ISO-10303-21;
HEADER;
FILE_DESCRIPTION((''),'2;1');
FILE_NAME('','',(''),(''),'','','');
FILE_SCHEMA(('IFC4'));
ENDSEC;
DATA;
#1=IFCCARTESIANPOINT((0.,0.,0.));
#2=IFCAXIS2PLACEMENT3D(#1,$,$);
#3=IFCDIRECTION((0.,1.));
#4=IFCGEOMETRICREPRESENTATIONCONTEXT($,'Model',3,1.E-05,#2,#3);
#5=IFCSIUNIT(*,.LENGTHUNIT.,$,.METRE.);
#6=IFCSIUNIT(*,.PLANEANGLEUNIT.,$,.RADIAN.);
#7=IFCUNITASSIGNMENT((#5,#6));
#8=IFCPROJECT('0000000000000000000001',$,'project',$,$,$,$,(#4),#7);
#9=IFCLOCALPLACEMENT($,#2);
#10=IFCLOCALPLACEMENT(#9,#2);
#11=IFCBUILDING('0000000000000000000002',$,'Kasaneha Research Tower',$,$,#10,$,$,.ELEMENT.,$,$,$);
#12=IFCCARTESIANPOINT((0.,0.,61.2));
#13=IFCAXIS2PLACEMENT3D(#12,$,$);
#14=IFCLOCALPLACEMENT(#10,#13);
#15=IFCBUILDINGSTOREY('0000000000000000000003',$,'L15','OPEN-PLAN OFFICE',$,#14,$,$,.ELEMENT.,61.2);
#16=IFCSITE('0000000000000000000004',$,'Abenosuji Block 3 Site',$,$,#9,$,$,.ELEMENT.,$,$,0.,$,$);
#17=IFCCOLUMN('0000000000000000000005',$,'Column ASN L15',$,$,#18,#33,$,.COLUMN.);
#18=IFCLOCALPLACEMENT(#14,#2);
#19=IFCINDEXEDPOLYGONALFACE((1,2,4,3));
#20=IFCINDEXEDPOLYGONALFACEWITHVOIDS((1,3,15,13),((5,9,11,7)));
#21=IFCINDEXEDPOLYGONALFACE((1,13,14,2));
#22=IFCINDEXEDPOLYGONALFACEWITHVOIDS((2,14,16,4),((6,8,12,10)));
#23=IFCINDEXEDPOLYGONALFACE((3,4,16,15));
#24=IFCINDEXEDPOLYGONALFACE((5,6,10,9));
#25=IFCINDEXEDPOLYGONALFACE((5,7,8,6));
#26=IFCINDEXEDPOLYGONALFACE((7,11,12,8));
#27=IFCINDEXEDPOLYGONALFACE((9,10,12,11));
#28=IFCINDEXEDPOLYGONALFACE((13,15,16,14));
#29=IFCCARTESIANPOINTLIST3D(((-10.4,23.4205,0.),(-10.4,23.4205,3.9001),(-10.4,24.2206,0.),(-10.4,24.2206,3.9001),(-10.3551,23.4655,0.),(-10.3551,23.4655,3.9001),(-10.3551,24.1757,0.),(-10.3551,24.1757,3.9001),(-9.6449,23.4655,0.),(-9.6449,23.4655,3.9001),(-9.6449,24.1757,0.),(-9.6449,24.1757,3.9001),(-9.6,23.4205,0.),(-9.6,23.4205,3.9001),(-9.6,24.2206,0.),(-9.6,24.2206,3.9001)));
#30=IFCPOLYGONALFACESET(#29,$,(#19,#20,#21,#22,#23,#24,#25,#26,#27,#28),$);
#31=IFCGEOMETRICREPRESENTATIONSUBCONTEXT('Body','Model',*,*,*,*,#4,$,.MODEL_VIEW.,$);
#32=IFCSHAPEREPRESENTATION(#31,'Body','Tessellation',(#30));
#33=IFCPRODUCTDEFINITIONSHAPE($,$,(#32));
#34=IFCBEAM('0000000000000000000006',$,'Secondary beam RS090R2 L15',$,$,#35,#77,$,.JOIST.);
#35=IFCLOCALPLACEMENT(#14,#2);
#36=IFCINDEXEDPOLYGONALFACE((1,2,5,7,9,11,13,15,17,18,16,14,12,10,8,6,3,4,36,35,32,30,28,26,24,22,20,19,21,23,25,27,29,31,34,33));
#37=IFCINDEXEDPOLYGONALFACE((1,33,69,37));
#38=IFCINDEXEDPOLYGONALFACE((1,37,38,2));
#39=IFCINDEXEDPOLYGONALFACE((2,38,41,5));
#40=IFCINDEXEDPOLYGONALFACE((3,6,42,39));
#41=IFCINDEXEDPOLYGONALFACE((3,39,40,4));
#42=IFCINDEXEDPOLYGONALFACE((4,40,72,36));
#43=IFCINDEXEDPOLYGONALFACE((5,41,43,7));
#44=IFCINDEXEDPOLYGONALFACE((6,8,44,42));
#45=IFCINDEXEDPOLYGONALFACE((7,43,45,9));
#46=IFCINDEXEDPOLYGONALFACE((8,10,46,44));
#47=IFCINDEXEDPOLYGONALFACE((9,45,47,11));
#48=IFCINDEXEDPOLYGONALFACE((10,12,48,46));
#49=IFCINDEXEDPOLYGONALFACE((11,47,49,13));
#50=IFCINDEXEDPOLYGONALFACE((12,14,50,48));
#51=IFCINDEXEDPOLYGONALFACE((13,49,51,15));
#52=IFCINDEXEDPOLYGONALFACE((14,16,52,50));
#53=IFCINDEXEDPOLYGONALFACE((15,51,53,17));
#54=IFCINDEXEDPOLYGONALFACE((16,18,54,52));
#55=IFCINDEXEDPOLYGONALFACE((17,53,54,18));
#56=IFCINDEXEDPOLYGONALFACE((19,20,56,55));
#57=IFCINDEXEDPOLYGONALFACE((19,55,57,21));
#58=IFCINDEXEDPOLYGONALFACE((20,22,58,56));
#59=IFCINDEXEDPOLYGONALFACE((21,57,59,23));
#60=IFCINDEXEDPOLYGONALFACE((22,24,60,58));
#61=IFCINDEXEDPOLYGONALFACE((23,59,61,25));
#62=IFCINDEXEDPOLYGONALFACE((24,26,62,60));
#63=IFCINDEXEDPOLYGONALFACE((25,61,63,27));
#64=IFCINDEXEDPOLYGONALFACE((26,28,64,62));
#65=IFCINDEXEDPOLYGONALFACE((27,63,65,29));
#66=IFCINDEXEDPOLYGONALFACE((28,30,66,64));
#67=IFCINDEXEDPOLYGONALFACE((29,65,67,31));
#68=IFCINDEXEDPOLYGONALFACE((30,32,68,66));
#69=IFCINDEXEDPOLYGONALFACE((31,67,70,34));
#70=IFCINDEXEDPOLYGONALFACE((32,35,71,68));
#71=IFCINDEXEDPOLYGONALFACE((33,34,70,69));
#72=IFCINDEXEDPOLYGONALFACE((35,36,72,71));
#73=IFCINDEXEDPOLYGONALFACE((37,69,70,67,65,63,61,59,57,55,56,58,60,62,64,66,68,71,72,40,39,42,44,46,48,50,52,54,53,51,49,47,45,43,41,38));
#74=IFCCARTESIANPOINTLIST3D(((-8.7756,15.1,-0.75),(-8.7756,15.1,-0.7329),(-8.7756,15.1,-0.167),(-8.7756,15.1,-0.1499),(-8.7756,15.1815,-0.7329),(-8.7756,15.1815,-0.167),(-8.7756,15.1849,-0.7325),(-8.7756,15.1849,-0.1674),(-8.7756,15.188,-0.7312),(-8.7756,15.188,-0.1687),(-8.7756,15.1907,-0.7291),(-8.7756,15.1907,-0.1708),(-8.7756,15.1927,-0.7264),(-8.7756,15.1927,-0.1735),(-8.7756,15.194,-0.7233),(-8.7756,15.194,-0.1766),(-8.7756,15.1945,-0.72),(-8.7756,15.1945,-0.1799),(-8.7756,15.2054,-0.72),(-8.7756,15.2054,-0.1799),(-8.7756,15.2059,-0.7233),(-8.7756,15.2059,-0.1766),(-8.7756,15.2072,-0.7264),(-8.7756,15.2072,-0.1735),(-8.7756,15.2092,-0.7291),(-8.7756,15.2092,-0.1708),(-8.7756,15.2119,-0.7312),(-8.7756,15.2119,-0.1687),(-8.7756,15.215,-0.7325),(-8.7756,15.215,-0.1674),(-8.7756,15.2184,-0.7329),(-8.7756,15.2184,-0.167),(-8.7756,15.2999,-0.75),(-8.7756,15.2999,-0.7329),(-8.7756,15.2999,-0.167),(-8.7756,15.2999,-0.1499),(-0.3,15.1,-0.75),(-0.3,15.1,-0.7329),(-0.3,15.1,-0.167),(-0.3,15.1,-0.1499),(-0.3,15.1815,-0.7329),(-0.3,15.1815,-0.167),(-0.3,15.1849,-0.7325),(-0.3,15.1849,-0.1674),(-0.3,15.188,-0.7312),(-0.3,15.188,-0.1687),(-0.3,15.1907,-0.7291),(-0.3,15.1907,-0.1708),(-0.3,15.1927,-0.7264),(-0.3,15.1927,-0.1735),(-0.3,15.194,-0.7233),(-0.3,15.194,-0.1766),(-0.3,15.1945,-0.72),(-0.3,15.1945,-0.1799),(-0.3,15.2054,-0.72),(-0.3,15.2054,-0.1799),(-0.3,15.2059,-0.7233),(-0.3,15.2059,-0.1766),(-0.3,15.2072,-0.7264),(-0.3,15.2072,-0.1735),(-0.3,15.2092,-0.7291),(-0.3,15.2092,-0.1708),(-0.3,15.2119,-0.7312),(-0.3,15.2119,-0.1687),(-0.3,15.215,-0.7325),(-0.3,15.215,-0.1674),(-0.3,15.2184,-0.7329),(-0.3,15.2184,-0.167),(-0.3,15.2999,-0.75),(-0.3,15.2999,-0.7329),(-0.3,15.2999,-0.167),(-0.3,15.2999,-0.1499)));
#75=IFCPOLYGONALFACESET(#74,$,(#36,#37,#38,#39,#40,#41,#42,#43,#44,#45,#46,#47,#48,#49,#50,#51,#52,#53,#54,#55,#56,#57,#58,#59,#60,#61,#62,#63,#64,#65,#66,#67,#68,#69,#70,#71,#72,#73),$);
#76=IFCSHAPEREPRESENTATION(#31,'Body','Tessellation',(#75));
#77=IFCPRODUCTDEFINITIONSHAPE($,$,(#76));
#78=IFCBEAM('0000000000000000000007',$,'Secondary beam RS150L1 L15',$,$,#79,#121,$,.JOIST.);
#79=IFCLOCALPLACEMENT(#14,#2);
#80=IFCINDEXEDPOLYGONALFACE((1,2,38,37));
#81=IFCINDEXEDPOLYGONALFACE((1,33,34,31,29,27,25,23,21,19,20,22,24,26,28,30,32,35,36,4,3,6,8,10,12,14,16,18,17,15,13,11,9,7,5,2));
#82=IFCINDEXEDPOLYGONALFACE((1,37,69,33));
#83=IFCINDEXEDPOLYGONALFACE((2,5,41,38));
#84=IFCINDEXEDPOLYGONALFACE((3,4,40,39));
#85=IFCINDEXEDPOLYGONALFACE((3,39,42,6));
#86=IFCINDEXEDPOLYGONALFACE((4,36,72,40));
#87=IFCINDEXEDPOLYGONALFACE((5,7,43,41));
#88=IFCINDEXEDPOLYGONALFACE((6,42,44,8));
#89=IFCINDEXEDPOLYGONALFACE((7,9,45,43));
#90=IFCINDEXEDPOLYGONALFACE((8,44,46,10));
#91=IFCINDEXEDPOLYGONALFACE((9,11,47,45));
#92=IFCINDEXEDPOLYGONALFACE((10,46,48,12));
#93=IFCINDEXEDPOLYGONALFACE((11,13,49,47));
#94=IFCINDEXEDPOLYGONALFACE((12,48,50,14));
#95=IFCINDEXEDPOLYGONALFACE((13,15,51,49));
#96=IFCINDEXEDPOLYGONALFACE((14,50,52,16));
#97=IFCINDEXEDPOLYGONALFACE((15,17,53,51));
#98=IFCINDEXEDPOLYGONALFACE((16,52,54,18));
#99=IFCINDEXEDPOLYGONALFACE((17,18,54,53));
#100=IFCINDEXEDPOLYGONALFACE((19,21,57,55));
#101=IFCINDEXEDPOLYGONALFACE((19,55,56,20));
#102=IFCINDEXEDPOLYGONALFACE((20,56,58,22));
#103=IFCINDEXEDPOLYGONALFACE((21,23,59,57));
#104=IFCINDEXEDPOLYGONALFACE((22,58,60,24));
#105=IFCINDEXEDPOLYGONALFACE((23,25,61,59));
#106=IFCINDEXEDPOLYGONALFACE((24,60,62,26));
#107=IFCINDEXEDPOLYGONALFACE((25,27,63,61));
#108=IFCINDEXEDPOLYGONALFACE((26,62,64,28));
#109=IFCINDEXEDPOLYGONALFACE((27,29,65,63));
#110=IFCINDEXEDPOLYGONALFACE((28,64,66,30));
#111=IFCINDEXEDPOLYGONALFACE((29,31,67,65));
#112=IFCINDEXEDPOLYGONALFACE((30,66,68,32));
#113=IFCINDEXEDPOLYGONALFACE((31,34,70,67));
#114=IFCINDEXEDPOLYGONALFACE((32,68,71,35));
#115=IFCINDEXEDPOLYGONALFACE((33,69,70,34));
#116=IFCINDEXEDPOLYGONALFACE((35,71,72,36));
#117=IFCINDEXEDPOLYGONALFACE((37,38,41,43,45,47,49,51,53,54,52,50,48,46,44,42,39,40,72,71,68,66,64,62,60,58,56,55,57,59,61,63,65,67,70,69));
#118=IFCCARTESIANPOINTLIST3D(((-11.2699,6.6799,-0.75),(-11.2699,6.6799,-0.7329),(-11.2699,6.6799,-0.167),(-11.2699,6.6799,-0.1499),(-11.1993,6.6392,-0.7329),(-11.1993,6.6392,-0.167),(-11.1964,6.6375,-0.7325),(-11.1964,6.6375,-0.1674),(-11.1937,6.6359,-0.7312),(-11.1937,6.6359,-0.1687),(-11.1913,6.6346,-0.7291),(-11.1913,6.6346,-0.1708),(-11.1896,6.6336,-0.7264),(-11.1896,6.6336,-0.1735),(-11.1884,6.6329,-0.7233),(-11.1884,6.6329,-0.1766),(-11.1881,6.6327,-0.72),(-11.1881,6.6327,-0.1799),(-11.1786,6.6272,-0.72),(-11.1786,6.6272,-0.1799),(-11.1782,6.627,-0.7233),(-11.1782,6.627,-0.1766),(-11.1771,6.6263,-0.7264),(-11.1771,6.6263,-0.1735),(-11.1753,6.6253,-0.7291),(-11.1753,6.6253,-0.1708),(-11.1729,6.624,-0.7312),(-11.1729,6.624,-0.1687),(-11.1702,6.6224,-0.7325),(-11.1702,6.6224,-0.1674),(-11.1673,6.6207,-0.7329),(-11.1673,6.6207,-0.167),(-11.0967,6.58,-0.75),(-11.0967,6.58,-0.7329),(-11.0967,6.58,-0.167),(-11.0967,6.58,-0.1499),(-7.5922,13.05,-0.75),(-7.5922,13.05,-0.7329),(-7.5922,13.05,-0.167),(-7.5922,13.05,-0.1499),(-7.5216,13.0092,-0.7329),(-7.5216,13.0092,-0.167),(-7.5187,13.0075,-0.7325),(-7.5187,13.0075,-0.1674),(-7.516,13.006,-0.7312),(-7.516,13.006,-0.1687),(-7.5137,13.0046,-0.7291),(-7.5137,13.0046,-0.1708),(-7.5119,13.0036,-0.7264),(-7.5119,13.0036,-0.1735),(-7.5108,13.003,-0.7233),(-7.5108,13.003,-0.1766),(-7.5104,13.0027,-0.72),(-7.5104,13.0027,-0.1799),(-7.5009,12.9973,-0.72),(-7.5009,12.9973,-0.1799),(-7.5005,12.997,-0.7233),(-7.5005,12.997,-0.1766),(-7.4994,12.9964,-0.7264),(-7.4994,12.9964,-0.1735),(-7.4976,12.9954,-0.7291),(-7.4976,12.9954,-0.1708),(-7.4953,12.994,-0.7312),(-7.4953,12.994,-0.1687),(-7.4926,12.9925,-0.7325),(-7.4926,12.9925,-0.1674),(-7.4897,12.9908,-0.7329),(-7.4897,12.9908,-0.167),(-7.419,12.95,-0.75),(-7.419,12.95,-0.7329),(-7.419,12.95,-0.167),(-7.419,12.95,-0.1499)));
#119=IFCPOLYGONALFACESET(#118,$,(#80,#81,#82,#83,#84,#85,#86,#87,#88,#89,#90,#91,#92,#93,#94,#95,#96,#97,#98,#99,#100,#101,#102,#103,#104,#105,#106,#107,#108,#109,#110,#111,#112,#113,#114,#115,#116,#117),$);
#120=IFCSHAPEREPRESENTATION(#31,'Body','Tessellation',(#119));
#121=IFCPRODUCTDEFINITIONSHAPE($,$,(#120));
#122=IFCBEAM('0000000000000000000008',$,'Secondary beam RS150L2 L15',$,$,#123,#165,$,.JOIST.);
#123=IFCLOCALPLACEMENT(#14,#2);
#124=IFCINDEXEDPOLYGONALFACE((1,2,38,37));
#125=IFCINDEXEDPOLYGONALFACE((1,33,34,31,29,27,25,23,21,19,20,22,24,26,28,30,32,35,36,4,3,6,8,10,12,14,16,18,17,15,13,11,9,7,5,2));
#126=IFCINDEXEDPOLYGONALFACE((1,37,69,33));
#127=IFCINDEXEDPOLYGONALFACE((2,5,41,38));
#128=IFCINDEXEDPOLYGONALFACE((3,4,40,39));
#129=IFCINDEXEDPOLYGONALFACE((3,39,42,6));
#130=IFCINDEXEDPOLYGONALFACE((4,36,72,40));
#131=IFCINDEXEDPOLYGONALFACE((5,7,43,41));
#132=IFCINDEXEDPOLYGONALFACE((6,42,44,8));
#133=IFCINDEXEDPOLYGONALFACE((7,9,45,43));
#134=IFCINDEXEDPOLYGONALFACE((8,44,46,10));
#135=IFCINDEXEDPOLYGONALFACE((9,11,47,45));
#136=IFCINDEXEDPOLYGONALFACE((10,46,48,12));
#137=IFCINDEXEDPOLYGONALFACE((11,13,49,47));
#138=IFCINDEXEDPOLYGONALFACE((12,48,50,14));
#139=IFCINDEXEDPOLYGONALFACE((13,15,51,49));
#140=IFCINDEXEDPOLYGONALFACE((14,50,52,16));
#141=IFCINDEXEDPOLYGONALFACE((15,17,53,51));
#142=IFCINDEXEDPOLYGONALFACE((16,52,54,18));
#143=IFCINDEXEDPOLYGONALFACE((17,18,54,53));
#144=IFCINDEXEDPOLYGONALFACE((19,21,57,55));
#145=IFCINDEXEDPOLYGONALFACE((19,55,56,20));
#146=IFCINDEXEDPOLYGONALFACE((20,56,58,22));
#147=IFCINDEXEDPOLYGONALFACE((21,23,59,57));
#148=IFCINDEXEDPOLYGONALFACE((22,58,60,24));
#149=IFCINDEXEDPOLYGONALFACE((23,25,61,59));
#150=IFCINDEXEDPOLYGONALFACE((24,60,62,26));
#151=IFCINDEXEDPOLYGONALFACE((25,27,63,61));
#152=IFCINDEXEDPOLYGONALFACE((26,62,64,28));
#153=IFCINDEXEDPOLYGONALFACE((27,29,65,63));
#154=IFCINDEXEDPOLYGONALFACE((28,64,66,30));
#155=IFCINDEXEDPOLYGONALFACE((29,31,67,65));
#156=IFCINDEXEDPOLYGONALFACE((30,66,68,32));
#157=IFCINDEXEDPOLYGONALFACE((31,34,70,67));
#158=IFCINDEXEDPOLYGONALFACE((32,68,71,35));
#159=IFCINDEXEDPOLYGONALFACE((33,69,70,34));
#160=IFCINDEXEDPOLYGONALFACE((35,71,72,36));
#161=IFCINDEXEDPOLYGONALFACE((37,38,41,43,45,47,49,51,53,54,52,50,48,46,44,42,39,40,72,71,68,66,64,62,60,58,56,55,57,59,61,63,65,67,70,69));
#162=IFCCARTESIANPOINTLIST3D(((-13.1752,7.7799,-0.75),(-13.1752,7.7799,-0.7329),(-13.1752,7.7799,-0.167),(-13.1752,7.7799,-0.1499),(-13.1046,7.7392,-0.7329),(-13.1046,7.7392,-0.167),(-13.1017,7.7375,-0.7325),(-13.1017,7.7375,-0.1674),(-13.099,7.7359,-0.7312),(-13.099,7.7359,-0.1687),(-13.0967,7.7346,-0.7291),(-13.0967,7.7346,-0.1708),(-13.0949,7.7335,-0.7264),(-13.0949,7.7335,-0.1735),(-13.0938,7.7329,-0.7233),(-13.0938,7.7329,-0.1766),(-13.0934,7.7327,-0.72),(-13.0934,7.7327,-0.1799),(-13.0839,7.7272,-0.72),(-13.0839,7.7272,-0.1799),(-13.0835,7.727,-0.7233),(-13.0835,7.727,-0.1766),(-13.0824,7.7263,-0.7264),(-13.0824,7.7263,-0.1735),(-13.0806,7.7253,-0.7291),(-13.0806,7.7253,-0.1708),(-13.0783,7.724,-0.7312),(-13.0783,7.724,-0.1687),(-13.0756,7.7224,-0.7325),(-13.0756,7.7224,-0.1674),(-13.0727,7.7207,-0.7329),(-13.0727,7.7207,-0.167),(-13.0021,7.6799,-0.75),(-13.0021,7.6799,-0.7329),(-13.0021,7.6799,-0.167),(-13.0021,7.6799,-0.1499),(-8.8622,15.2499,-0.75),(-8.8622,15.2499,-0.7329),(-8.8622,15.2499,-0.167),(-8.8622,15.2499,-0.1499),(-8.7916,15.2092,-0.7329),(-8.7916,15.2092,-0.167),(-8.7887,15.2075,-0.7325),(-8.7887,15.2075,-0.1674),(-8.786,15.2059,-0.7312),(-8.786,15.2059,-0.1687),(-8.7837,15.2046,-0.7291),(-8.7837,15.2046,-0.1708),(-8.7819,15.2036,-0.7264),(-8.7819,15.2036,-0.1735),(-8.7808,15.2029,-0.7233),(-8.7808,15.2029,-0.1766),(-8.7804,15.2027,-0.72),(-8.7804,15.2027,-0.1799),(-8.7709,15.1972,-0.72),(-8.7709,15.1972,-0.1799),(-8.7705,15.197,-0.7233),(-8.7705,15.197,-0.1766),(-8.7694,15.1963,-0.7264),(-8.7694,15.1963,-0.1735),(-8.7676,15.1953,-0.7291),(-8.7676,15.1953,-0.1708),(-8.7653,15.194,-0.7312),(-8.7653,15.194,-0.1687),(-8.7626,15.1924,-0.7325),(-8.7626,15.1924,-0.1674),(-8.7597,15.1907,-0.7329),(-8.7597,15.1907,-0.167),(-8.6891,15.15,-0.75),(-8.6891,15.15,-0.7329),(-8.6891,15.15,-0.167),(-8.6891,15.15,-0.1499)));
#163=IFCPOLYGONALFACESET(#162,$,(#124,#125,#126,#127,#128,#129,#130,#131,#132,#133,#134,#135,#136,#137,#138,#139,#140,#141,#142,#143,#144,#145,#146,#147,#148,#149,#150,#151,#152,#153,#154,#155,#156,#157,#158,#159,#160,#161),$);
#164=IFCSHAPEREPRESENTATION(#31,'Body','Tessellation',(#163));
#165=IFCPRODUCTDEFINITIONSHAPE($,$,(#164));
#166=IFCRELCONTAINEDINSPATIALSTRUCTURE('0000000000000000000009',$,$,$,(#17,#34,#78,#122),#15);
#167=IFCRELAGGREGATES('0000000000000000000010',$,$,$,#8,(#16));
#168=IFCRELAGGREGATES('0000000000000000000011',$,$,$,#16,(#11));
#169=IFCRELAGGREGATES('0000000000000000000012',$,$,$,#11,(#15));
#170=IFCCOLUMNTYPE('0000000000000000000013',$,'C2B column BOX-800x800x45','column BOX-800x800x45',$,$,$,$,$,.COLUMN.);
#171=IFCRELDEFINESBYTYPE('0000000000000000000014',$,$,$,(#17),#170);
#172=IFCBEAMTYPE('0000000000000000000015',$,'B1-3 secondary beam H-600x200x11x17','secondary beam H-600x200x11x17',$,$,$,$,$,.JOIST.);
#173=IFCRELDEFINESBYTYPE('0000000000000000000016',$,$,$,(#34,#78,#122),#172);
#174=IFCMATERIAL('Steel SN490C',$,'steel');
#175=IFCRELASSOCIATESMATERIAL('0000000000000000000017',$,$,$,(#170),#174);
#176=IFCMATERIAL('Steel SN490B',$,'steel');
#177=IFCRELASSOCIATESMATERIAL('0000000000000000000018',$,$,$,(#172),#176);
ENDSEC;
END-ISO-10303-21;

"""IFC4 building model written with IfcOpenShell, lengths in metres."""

from ifc_helpers import new_model, si_unit, direction, frame, origin, origin_2d, place, context, subcontext, project, spatial, hollow_rectangle, i_section, extrude, material, material_profile, profile_set, type_object, element, save


model = new_model("IFC4")

# Units and contexts
model_context = context("Model", 3, precision=1e-05, world=origin(), true_north=direction((0.0, 1.0)))
body_context = subcontext(model_context, "Body", "Model", "MODEL_VIEW")
ifc_project = project(units=[si_unit("LENGTHUNIT", "METRE"), si_unit("PLANEANGLEUNIT", "RADIAN")], contexts=[model_context])

# Site, building, storey
site_placement = place(None, origin())
site = spatial("IfcSite", under=ifc_project, at=site_placement, Name="Abenosuji Block 3 Site", CompositionType="ELEMENT", RefElevation=0.0)
building_placement = place(site_placement, origin())
building = spatial("IfcBuilding", under=site, at=building_placement, Name="Kasaneha Research Tower", CompositionType="ELEMENT")
storey_placement = place(building_placement, frame((0.0, 0.0, 61.2)))
storey = spatial("IfcBuildingStorey", under=building, at=storey_placement, Name="L15", Description="OPEN-PLAN OFFICE", CompositionType="ELEMENT", Elevation=61.2)

# Column
ifc_material_1 = material(Name="Steel SN490C", Category="steel")
ifc_material_profile_1 = material_profile(ifc_material_1, hollow_rectangle(XDim=0.8, YDim=0.8, WallThickness=0.0449, at=origin_2d()), Name="BOX-800x800x45")
ifc_profile_set_1 = profile_set([ifc_material_profile_1], Name="Steel SN490C")
column_type = type_object("IfcColumnType", Name="C2B column BOX-800x800x45", Description="column BOX-800x800x45", PredefinedType="COLUMN", material=ifc_profile_set_1)
column_placement = place(storey_placement, frame((-10.0, 23.8206, 0.0), z_axis=(0.0, 0.0, 1.0), x_axis=(1.0, 0.0, 0.0)))
element("IfcColumn", 1, at=column_placement, inside=storey, type_object=column_type, Name="Column ASN L15", PredefinedType="COLUMN", context=body_context, shape_type="SweptSolid", body=[
    extrude(hollow_rectangle(XDim=0.8, YDim=0.8, WallThickness=0.0449, at=origin_2d()), origin(), (0.0, 0.0, 1.0), 3.9001),
])

# Beams
ifc_material_2 = material(Name="Steel SN490B", Category="steel")
ifc_material_profile_2 = material_profile(ifc_material_2, i_section(OverallWidth=0.2, OverallDepth=0.6001, WebThickness=0.011, FlangeThickness=0.0171, FilletRadius=0.0129, at=origin_2d()), Name="H-600x200x11x17")
ifc_profile_set_2 = profile_set([ifc_material_profile_2], Name="Steel SN490B")
beam_type_1 = type_object("IfcBeamType", Name="B1-3 secondary beam H-600x200x11x17", Description="secondary beam H-600x200x11x17", PredefinedType="JOIST", material=ifc_profile_set_2)
beam_1_placement = place(storey_placement, frame((-8.7756, 15.2, -0.45), z_axis=(1.0, 0.0, 0.0), x_axis=(0.0, 1.0, 0.0)))
element("IfcBeam", 2, at=beam_1_placement, inside=storey, type_object=beam_type_1, Name="Secondary beam RS090R2 L15", PredefinedType="JOIST", context=body_context, shape_type="SweptSolid", body=[
    extrude(i_section(OverallWidth=0.2, OverallDepth=0.6001, WebThickness=0.011, FlangeThickness=0.0171, FilletRadius=0.0129, at=origin_2d()), origin(), (0.0, 0.0, 1.0), 8.4756),
])
beam_2_placement = place(storey_placement, frame((-7.5056, 13.0, -0.45), z_axis=(-0.499994, -0.866029, 0.0), x_axis=(0.866029, -0.499994, 0.0)))
element("IfcBeam", 3, at=beam_2_placement, inside=storey, type_object=beam_type_1, Name="Secondary beam RS150L1 L15", PredefinedType="JOIST", context=body_context, shape_type="SweptSolid", body=[
    extrude(i_section(OverallWidth=0.2, OverallDepth=0.6001, WebThickness=0.011, FlangeThickness=0.0171, FilletRadius=0.0129, at=origin_2d()), origin(), (0.0, 0.0, 1.0), 7.3555),
])
beam_3_placement = place(storey_placement, frame((-8.7756, 15.2, -0.45), z_axis=(-0.500017, -0.866015, 0.0), x_axis=(0.866015, -0.500017, 0.0)))
element("IfcBeam", 4, at=beam_3_placement, inside=storey, type_object=beam_type_1, Name="Secondary beam RS150L2 L15", PredefinedType="JOIST", context=body_context, shape_type="SweptSolid", body=[
    extrude(i_section(OverallWidth=0.2, OverallDepth=0.6001, WebThickness=0.011, FlangeThickness=0.0171, FilletRadius=0.0129, at=origin_2d()), origin(), (0.0, 0.0, 1.0), 8.6257),
])

save(model, "model.ifc")
